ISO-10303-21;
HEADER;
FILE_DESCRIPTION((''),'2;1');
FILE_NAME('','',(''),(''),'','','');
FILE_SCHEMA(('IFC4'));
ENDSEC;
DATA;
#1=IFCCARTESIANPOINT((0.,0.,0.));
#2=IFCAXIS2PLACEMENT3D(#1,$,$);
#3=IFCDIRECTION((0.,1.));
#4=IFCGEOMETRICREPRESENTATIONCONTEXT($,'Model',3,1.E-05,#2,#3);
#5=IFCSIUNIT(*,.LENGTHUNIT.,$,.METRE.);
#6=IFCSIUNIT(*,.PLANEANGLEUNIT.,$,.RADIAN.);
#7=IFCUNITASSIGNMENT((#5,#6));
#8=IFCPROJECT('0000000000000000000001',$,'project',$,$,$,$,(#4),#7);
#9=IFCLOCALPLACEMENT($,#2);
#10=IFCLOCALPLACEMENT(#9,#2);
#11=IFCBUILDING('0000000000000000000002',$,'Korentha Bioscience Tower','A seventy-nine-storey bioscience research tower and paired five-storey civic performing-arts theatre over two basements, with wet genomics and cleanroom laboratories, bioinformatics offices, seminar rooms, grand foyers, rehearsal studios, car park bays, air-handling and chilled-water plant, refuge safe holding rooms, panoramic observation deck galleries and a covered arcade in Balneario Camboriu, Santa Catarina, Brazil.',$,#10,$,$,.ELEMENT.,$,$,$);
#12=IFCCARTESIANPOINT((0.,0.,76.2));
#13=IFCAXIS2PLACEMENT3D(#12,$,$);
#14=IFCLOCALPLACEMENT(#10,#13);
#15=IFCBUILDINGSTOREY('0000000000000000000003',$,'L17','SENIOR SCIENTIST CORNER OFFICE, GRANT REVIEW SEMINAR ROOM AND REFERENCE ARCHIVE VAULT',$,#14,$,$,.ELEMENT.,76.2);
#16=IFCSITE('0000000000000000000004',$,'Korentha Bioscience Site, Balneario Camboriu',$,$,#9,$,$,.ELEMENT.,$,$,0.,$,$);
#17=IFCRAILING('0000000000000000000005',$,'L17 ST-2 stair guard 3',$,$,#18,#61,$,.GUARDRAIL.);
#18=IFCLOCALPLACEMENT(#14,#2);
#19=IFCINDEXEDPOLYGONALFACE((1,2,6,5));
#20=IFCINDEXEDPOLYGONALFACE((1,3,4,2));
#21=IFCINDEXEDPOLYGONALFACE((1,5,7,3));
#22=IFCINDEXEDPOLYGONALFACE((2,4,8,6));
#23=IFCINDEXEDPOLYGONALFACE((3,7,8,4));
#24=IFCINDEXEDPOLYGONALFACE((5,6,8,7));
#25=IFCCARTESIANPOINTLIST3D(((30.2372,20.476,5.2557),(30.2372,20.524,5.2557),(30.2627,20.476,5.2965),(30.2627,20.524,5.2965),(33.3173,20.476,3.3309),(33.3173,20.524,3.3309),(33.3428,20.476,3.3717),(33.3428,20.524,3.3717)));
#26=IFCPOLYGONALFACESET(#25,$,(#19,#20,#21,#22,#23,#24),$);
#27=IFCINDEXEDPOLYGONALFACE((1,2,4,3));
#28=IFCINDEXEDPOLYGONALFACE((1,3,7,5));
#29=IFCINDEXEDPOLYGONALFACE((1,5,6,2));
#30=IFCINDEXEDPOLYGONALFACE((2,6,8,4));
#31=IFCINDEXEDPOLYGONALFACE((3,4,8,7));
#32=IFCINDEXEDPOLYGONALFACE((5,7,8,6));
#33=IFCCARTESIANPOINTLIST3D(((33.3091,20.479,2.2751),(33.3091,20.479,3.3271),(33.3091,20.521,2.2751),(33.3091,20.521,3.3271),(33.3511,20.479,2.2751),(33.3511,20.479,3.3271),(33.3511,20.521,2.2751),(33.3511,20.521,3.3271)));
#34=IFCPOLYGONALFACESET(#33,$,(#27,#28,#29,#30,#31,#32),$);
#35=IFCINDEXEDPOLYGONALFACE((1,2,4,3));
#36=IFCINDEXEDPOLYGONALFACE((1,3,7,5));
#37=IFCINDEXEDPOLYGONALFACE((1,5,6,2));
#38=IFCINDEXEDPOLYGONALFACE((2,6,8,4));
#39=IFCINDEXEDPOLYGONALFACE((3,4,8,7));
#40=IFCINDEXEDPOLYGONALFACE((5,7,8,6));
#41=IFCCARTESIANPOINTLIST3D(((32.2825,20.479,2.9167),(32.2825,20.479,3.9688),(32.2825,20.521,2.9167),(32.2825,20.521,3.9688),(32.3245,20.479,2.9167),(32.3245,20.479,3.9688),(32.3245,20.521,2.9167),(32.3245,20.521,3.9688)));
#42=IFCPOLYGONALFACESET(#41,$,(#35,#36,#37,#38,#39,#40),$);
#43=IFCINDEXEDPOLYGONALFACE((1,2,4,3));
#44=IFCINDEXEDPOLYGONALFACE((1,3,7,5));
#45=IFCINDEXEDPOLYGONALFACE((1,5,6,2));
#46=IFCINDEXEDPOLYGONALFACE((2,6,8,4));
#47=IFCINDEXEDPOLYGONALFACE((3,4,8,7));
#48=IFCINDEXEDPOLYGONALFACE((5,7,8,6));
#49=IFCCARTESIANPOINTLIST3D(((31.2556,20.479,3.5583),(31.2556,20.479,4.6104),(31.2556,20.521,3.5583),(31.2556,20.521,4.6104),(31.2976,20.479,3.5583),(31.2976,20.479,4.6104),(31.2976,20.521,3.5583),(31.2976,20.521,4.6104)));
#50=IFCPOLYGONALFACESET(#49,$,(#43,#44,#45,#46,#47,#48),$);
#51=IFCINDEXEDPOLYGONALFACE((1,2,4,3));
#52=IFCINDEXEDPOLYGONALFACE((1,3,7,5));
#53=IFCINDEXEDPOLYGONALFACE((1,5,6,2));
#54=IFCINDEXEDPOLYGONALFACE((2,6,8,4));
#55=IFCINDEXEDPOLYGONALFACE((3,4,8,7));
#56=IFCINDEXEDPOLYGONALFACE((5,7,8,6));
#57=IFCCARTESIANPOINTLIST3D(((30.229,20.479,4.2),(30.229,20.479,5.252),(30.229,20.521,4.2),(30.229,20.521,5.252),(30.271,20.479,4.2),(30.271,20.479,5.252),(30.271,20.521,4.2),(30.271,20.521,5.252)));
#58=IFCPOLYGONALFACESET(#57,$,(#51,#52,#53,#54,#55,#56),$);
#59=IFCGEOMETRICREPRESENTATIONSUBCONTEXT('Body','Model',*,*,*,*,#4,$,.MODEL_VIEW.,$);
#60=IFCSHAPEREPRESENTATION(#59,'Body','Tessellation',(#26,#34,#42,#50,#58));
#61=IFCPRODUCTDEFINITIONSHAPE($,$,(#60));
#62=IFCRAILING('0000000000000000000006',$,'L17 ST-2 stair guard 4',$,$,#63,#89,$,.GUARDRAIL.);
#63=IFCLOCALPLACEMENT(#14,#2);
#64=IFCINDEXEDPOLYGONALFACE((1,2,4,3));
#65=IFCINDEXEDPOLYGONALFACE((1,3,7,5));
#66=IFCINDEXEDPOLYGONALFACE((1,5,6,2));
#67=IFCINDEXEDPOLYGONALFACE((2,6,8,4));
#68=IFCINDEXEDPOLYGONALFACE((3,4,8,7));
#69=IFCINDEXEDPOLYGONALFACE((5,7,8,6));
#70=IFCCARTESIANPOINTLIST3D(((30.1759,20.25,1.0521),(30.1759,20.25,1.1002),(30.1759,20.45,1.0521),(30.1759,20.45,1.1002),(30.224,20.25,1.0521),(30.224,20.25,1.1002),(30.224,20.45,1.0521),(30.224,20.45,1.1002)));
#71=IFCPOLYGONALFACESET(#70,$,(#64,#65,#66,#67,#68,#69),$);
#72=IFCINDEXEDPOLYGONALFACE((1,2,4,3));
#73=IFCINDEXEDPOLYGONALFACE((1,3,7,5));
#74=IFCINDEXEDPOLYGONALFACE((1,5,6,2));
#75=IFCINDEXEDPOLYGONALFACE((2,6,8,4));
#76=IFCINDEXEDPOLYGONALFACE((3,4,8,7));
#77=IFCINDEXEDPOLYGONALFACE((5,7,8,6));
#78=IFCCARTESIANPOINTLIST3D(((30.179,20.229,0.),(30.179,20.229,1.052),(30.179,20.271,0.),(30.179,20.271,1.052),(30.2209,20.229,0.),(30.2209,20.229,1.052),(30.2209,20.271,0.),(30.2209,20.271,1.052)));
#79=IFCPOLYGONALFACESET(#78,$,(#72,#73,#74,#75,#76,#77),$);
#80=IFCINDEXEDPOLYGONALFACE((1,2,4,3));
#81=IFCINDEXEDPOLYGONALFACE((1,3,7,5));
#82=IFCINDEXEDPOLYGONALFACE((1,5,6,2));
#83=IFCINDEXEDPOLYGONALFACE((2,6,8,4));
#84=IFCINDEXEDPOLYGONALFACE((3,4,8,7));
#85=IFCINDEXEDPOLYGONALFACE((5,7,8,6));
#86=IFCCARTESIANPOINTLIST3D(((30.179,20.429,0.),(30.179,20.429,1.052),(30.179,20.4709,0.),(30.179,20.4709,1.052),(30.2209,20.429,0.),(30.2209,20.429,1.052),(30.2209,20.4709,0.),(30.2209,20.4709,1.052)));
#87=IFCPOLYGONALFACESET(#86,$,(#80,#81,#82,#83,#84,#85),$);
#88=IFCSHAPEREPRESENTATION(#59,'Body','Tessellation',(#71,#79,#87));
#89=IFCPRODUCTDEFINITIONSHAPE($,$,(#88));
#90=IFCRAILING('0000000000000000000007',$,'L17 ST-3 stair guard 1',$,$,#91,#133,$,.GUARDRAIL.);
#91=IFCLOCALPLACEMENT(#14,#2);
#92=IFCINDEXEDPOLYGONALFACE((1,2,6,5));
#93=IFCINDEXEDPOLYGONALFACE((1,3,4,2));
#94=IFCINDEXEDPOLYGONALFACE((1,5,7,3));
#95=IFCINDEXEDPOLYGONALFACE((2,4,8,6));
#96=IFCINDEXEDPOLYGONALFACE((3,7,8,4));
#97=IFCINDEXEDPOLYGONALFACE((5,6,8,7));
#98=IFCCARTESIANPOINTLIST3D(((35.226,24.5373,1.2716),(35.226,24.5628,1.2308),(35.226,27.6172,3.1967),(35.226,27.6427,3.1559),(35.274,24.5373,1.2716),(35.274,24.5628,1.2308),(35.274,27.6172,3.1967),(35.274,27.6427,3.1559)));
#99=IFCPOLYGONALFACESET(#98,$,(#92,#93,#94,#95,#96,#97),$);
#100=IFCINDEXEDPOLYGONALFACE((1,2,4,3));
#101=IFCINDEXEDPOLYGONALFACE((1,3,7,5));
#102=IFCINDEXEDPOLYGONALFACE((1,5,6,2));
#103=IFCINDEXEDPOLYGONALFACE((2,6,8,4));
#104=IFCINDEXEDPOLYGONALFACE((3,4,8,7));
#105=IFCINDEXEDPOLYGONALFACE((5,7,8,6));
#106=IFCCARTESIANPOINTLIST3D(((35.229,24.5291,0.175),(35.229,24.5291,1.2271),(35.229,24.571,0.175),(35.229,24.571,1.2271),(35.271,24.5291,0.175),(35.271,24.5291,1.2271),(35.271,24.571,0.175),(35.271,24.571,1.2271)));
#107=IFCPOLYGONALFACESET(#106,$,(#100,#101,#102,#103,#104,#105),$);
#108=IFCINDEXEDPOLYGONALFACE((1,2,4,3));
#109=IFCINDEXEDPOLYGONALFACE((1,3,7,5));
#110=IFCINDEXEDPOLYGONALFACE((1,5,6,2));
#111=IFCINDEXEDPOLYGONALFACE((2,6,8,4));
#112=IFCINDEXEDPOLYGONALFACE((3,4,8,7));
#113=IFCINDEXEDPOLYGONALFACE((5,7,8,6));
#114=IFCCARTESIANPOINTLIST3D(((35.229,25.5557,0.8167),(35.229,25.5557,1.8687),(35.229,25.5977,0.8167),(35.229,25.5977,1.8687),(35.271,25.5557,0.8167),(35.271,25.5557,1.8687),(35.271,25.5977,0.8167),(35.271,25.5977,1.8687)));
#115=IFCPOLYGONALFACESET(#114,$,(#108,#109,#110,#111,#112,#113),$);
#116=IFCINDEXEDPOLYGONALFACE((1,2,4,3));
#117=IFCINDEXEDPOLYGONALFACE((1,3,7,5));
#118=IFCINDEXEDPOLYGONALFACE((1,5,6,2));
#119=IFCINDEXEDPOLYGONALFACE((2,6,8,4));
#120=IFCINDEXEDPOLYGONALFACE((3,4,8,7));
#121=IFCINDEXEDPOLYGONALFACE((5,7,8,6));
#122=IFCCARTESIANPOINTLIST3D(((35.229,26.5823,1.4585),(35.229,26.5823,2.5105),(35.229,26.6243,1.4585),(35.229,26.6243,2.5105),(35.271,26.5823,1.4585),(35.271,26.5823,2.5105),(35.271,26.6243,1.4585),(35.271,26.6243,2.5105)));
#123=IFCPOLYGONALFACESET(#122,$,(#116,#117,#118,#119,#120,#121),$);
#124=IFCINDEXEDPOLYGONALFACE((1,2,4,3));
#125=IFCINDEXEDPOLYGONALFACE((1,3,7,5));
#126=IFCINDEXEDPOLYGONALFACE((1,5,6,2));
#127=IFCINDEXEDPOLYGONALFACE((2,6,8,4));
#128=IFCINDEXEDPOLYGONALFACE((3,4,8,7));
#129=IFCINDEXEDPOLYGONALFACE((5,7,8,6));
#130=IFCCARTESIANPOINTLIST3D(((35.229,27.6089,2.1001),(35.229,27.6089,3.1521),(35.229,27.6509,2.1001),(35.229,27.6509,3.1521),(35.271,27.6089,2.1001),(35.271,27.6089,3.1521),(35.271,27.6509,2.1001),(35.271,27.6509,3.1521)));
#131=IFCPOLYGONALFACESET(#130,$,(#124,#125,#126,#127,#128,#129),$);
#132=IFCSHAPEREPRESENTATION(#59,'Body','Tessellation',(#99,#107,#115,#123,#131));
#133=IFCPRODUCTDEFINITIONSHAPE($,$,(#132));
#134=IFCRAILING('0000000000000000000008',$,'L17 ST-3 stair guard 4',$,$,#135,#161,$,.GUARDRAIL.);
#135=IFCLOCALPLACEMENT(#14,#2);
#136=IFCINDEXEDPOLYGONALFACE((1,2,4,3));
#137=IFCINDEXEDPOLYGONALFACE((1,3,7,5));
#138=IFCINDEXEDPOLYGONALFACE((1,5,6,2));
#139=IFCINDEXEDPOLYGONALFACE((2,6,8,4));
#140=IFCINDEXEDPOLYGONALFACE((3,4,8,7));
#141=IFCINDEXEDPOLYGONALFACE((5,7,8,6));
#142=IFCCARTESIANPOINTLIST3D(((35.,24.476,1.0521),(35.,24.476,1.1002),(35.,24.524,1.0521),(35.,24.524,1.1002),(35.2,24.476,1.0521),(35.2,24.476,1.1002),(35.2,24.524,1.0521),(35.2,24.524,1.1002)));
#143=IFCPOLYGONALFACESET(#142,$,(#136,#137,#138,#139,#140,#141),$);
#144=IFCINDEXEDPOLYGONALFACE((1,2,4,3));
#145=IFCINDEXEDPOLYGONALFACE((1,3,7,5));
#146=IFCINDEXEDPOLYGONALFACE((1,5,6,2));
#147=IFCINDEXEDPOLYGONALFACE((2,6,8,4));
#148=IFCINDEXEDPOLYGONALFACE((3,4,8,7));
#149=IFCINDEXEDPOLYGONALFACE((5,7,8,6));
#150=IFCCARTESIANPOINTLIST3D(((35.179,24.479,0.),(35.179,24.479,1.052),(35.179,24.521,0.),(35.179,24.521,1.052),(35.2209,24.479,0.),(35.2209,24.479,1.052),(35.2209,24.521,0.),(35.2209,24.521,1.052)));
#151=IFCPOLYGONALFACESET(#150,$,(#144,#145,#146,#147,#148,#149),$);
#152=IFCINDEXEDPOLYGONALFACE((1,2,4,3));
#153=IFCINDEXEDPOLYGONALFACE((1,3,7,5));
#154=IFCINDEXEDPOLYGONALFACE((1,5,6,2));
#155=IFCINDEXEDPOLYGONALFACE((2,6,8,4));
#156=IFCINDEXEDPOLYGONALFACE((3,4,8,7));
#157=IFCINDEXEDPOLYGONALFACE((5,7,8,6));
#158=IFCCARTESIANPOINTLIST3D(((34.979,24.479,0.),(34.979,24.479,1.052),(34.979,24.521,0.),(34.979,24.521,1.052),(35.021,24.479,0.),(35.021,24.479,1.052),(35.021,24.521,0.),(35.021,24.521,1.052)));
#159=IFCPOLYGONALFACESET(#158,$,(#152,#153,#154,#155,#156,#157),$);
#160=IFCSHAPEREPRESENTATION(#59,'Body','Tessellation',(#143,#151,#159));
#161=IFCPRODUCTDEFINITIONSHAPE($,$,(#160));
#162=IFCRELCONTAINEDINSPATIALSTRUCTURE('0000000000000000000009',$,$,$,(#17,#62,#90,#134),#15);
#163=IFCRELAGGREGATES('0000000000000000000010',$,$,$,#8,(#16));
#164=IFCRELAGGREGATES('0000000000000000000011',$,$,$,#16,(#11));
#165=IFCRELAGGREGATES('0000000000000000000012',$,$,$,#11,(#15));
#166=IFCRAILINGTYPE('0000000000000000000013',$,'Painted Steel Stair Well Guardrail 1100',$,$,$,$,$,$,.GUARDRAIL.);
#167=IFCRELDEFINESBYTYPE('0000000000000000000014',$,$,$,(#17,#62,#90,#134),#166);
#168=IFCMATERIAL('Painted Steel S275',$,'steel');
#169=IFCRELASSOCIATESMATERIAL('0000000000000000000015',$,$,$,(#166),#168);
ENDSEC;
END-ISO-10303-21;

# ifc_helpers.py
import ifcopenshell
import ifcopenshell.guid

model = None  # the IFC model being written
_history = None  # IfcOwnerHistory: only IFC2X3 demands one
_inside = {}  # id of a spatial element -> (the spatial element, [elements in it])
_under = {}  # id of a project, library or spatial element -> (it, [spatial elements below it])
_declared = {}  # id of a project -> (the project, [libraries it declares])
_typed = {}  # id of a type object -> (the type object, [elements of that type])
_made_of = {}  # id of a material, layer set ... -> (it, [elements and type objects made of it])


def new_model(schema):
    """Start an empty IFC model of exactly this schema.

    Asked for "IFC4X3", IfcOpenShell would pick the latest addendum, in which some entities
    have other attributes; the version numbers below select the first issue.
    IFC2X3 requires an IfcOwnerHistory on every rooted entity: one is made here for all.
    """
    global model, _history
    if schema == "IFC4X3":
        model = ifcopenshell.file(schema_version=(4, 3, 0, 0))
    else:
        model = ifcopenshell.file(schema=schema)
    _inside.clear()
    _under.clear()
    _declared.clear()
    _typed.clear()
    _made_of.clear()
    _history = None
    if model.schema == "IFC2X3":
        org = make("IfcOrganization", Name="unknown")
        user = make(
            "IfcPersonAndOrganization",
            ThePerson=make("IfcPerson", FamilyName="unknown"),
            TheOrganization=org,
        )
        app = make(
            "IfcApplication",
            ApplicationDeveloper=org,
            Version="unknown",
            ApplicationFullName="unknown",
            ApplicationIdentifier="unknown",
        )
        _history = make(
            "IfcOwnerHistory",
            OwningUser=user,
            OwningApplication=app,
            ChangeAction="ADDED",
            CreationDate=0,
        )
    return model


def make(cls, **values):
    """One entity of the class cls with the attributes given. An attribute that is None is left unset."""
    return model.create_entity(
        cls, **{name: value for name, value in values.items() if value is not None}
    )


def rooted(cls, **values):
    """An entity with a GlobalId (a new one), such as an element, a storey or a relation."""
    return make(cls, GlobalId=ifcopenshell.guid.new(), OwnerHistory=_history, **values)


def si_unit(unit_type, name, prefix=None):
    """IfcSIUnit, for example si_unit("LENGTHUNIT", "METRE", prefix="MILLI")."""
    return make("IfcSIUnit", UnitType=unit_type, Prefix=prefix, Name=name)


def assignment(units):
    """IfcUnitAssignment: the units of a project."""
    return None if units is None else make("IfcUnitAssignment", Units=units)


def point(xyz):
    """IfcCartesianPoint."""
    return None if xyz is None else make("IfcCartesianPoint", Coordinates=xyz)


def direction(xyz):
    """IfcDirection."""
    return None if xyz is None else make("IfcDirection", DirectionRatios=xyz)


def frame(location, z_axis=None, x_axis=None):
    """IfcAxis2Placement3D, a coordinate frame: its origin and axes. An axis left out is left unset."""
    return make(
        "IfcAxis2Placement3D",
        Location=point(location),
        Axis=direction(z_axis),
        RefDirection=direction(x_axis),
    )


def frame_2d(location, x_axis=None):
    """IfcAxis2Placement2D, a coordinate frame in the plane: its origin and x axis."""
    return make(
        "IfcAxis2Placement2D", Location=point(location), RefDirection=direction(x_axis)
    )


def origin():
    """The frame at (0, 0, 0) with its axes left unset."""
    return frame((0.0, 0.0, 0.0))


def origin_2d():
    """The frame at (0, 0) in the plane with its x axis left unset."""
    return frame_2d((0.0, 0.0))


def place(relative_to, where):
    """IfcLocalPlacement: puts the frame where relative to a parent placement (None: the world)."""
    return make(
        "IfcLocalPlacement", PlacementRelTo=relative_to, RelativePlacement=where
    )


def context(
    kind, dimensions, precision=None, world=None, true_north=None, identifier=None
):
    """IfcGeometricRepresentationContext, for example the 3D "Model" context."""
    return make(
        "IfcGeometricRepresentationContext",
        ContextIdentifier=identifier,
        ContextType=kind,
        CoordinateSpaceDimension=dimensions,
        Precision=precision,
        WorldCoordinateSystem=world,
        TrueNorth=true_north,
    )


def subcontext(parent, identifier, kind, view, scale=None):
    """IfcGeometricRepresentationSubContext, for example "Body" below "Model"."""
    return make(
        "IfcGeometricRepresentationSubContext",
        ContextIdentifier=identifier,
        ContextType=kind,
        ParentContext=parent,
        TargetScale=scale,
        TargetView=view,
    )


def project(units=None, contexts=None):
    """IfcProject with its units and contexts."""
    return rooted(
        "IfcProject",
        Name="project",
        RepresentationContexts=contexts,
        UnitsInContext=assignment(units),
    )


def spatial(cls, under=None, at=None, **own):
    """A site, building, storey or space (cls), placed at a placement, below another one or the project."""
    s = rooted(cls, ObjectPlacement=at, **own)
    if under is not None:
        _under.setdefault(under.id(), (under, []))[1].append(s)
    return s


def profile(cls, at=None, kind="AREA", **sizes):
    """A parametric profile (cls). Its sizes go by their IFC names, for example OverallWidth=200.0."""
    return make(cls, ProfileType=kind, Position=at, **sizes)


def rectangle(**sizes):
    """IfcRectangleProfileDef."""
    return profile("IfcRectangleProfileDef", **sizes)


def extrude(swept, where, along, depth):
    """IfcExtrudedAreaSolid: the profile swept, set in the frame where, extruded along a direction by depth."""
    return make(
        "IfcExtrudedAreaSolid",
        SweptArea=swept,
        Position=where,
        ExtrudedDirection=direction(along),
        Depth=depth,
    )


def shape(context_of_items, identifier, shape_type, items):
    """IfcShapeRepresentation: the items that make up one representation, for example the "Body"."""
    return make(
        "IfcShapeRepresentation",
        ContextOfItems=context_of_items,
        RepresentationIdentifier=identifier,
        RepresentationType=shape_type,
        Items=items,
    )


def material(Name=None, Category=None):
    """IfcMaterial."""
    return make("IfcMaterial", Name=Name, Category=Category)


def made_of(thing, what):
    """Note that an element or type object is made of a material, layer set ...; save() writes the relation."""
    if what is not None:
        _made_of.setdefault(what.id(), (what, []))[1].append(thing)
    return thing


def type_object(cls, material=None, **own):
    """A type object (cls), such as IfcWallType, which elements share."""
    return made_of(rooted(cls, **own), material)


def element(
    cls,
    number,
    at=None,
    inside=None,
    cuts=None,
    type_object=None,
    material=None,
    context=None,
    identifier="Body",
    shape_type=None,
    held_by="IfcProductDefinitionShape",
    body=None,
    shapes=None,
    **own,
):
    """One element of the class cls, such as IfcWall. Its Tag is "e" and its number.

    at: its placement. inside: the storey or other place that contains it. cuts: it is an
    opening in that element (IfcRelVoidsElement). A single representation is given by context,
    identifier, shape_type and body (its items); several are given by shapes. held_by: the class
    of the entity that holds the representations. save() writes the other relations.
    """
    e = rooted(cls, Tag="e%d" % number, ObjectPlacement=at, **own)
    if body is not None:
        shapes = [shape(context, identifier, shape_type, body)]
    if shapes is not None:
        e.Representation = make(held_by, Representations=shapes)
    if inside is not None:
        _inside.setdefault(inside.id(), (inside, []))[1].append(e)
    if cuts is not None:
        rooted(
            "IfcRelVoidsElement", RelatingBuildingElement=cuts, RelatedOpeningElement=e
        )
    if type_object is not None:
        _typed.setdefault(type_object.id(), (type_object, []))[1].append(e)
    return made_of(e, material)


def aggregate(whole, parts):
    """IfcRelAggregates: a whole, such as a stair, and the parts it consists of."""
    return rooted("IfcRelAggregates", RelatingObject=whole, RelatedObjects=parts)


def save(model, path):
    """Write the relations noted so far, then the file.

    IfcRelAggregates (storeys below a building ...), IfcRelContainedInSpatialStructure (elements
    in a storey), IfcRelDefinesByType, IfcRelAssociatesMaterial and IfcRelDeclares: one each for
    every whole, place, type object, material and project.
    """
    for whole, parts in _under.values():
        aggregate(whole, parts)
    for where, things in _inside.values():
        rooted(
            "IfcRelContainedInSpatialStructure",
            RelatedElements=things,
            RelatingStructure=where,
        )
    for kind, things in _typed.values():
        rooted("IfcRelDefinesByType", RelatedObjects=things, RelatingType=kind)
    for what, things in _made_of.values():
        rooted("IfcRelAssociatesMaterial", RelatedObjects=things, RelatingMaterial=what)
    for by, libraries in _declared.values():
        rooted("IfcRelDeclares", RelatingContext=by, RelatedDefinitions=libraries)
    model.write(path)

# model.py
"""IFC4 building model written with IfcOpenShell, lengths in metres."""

from ifc_helpers import new_model, si_unit, direction, frame, origin, origin_2d, place, context, subcontext, project, spatial, rectangle, extrude, material, type_object, element, save


model = new_model("IFC4")

# Units and contexts
model_context = context("Model", 3, precision=1e-05, world=origin(), true_north=direction((0.0, 1.0)))
body_context = subcontext(model_context, "Body", "Model", "MODEL_VIEW")
ifc_project = project(units=[si_unit("LENGTHUNIT", "METRE"), si_unit("PLANEANGLEUNIT", "RADIAN")], contexts=[model_context])

# Site, building, storey
site_placement = place(None, origin())
site = spatial("IfcSite", under=ifc_project, at=site_placement, Name="Korentha Bioscience Site, Balneario Camboriu", CompositionType="ELEMENT", RefElevation=0.0)
building_placement = place(site_placement, origin())
building = spatial("IfcBuilding", under=site, at=building_placement, Name="Korentha Bioscience Tower", Description="A seventy-nine-storey bioscience research tower and paired five-storey civic performing-arts theatre over two basements, with wet genomics and cleanroom laboratories, bioinformatics offices, seminar rooms, grand foyers, rehearsal studios, car park bays, air-handling and chilled-water plant, refuge safe holding rooms, panoramic observation deck galleries and a covered arcade in Balneario Camboriu, Santa Catarina, Brazil.", CompositionType="ELEMENT")
storey_placement = place(building_placement, frame((0.0, 0.0, 76.2)))
storey = spatial("IfcBuildingStorey", under=building, at=storey_placement, Name="L17", Description="SENIOR SCIENTIST CORNER OFFICE, GRANT REVIEW SEMINAR ROOM AND REFERENCE ARCHIVE VAULT", CompositionType="ELEMENT", Elevation=76.2)

# Railings
ifc_material_1 = material(Name="Painted Steel S275", Category="steel")
railing_type_1 = type_object("IfcRailingType", Name="Painted Steel Stair Well Guardrail 1100", PredefinedType="GUARDRAIL", material=ifc_material_1)
railing_1_placement = place(storey_placement, frame((33.3301, 20.5, 2.2751)))
element("IfcRailing", 1, at=railing_1_placement, inside=storey, type_object=railing_type_1, Name="L17 ST-2 stair guard 3", PredefinedType="GUARDRAIL", context=body_context, shape_type="SweptSolid", body=[
    extrude(rectangle(XDim=0.0481, YDim=0.0481, at=origin_2d()), frame((0.0, 0.0, 1.0762), z_axis=(-0.848029, 0.0, 0.529951), x_axis=(0.0, -1.0, 0.0)), (0.0, 0.0, 1.0), 3.6321),
    extrude(rectangle(XDim=0.042, YDim=0.042, at=origin_2d()), origin(), (0.0, 0.0, 1.0), 1.052),
    extrude(rectangle(XDim=0.042, YDim=0.042, at=origin_2d()), frame((-1.0266, 0.0, 0.6416)), (0.0, 0.0, 1.0), 1.052),
    extrude(rectangle(XDim=0.042, YDim=0.042, at=origin_2d()), frame((-2.0535, 0.0, 1.2832)), (0.0, 0.0, 1.0), 1.052),
    extrude(rectangle(XDim=0.042, YDim=0.042, at=origin_2d()), frame((-3.0801, 0.0, 1.9248)), (0.0, 0.0, 1.0), 1.052),
])
railing_2_placement = place(storey_placement, frame((30.2, 20.25, 0.0)))
element("IfcRailing", 2, at=railing_2_placement, inside=storey, type_object=railing_type_1, Name="L17 ST-2 stair guard 4", PredefinedType="GUARDRAIL", context=body_context, shape_type="SweptSolid", body=[
    extrude(rectangle(XDim=0.0481, YDim=0.0481, at=origin_2d()), frame((0.0, 0.0, 1.0762), z_axis=(0.0, 1.0, 0.0), x_axis=(-1.0, 0.0, 0.0)), (0.0, 0.0, 1.0), 0.2),
    extrude(rectangle(XDim=0.042, YDim=0.042, at=origin_2d()), origin(), (0.0, 0.0, 1.0), 1.052),
    extrude(rectangle(XDim=0.042, YDim=0.042, at=origin_2d()), frame((0.0, 0.2, 0.0)), (0.0, 0.0, 1.0), 1.052),
])
railing_3_placement = place(storey_placement, frame((35.25, 24.55, 0.175)))
element("IfcRailing", 3, at=railing_3_placement, inside=storey, type_object=railing_type_1, Name="L17 ST-3 stair guard 1", PredefinedType="GUARDRAIL", context=body_context, shape_type="SweptSolid", body=[
    extrude(rectangle(XDim=0.0481, YDim=0.0481, at=origin_2d()), frame((0.0, 0.0, 1.0762), z_axis=(0.0, 0.847979, 0.530029), x_axis=(-1.0, 0.0, 0.0)), (0.0, 0.0, 1.0), 3.6321),
    extrude(rectangle(XDim=0.042, YDim=0.042, at=origin_2d()), origin(), (0.0, 0.0, 1.0), 1.052),
    extrude(rectangle(XDim=0.042, YDim=0.042, at=origin_2d()), frame((0.0, 1.0266, 0.6416)), (0.0, 0.0, 1.0), 1.052),
    extrude(rectangle(XDim=0.042, YDim=0.042, at=origin_2d()), frame((0.0, 2.0532, 1.2834)), (0.0, 0.0, 1.0), 1.052),
    extrude(rectangle(XDim=0.042, YDim=0.042, at=origin_2d()), frame((0.0, 3.0798, 1.925)), (0.0, 0.0, 1.0), 1.052),
])
railing_4_placement = place(storey_placement, frame((35.2, 24.5, 0.0)))
element("IfcRailing", 4, at=railing_4_placement, inside=storey, type_object=railing_type_1, Name="L17 ST-3 stair guard 4", PredefinedType="GUARDRAIL", context=body_context, shape_type="SweptSolid", body=[
    extrude(rectangle(XDim=0.0481, YDim=0.0481, at=origin_2d()), frame((0.0, 0.0, 1.0762), z_axis=(-1.0, 0.0, 0.0), x_axis=(0.0, -1.0, 0.0)), (0.0, 0.0, 1.0), 0.2),
    extrude(rectangle(XDim=0.042, YDim=0.042, at=origin_2d()), origin(), (0.0, 0.0, 1.0), 1.052),
    extrude(rectangle(XDim=0.042, YDim=0.042, at=origin_2d()), frame((-0.2, 0.0, 0.0)), (0.0, 0.0, 1.0), 1.052),
])

save(model, "model.ifc")
